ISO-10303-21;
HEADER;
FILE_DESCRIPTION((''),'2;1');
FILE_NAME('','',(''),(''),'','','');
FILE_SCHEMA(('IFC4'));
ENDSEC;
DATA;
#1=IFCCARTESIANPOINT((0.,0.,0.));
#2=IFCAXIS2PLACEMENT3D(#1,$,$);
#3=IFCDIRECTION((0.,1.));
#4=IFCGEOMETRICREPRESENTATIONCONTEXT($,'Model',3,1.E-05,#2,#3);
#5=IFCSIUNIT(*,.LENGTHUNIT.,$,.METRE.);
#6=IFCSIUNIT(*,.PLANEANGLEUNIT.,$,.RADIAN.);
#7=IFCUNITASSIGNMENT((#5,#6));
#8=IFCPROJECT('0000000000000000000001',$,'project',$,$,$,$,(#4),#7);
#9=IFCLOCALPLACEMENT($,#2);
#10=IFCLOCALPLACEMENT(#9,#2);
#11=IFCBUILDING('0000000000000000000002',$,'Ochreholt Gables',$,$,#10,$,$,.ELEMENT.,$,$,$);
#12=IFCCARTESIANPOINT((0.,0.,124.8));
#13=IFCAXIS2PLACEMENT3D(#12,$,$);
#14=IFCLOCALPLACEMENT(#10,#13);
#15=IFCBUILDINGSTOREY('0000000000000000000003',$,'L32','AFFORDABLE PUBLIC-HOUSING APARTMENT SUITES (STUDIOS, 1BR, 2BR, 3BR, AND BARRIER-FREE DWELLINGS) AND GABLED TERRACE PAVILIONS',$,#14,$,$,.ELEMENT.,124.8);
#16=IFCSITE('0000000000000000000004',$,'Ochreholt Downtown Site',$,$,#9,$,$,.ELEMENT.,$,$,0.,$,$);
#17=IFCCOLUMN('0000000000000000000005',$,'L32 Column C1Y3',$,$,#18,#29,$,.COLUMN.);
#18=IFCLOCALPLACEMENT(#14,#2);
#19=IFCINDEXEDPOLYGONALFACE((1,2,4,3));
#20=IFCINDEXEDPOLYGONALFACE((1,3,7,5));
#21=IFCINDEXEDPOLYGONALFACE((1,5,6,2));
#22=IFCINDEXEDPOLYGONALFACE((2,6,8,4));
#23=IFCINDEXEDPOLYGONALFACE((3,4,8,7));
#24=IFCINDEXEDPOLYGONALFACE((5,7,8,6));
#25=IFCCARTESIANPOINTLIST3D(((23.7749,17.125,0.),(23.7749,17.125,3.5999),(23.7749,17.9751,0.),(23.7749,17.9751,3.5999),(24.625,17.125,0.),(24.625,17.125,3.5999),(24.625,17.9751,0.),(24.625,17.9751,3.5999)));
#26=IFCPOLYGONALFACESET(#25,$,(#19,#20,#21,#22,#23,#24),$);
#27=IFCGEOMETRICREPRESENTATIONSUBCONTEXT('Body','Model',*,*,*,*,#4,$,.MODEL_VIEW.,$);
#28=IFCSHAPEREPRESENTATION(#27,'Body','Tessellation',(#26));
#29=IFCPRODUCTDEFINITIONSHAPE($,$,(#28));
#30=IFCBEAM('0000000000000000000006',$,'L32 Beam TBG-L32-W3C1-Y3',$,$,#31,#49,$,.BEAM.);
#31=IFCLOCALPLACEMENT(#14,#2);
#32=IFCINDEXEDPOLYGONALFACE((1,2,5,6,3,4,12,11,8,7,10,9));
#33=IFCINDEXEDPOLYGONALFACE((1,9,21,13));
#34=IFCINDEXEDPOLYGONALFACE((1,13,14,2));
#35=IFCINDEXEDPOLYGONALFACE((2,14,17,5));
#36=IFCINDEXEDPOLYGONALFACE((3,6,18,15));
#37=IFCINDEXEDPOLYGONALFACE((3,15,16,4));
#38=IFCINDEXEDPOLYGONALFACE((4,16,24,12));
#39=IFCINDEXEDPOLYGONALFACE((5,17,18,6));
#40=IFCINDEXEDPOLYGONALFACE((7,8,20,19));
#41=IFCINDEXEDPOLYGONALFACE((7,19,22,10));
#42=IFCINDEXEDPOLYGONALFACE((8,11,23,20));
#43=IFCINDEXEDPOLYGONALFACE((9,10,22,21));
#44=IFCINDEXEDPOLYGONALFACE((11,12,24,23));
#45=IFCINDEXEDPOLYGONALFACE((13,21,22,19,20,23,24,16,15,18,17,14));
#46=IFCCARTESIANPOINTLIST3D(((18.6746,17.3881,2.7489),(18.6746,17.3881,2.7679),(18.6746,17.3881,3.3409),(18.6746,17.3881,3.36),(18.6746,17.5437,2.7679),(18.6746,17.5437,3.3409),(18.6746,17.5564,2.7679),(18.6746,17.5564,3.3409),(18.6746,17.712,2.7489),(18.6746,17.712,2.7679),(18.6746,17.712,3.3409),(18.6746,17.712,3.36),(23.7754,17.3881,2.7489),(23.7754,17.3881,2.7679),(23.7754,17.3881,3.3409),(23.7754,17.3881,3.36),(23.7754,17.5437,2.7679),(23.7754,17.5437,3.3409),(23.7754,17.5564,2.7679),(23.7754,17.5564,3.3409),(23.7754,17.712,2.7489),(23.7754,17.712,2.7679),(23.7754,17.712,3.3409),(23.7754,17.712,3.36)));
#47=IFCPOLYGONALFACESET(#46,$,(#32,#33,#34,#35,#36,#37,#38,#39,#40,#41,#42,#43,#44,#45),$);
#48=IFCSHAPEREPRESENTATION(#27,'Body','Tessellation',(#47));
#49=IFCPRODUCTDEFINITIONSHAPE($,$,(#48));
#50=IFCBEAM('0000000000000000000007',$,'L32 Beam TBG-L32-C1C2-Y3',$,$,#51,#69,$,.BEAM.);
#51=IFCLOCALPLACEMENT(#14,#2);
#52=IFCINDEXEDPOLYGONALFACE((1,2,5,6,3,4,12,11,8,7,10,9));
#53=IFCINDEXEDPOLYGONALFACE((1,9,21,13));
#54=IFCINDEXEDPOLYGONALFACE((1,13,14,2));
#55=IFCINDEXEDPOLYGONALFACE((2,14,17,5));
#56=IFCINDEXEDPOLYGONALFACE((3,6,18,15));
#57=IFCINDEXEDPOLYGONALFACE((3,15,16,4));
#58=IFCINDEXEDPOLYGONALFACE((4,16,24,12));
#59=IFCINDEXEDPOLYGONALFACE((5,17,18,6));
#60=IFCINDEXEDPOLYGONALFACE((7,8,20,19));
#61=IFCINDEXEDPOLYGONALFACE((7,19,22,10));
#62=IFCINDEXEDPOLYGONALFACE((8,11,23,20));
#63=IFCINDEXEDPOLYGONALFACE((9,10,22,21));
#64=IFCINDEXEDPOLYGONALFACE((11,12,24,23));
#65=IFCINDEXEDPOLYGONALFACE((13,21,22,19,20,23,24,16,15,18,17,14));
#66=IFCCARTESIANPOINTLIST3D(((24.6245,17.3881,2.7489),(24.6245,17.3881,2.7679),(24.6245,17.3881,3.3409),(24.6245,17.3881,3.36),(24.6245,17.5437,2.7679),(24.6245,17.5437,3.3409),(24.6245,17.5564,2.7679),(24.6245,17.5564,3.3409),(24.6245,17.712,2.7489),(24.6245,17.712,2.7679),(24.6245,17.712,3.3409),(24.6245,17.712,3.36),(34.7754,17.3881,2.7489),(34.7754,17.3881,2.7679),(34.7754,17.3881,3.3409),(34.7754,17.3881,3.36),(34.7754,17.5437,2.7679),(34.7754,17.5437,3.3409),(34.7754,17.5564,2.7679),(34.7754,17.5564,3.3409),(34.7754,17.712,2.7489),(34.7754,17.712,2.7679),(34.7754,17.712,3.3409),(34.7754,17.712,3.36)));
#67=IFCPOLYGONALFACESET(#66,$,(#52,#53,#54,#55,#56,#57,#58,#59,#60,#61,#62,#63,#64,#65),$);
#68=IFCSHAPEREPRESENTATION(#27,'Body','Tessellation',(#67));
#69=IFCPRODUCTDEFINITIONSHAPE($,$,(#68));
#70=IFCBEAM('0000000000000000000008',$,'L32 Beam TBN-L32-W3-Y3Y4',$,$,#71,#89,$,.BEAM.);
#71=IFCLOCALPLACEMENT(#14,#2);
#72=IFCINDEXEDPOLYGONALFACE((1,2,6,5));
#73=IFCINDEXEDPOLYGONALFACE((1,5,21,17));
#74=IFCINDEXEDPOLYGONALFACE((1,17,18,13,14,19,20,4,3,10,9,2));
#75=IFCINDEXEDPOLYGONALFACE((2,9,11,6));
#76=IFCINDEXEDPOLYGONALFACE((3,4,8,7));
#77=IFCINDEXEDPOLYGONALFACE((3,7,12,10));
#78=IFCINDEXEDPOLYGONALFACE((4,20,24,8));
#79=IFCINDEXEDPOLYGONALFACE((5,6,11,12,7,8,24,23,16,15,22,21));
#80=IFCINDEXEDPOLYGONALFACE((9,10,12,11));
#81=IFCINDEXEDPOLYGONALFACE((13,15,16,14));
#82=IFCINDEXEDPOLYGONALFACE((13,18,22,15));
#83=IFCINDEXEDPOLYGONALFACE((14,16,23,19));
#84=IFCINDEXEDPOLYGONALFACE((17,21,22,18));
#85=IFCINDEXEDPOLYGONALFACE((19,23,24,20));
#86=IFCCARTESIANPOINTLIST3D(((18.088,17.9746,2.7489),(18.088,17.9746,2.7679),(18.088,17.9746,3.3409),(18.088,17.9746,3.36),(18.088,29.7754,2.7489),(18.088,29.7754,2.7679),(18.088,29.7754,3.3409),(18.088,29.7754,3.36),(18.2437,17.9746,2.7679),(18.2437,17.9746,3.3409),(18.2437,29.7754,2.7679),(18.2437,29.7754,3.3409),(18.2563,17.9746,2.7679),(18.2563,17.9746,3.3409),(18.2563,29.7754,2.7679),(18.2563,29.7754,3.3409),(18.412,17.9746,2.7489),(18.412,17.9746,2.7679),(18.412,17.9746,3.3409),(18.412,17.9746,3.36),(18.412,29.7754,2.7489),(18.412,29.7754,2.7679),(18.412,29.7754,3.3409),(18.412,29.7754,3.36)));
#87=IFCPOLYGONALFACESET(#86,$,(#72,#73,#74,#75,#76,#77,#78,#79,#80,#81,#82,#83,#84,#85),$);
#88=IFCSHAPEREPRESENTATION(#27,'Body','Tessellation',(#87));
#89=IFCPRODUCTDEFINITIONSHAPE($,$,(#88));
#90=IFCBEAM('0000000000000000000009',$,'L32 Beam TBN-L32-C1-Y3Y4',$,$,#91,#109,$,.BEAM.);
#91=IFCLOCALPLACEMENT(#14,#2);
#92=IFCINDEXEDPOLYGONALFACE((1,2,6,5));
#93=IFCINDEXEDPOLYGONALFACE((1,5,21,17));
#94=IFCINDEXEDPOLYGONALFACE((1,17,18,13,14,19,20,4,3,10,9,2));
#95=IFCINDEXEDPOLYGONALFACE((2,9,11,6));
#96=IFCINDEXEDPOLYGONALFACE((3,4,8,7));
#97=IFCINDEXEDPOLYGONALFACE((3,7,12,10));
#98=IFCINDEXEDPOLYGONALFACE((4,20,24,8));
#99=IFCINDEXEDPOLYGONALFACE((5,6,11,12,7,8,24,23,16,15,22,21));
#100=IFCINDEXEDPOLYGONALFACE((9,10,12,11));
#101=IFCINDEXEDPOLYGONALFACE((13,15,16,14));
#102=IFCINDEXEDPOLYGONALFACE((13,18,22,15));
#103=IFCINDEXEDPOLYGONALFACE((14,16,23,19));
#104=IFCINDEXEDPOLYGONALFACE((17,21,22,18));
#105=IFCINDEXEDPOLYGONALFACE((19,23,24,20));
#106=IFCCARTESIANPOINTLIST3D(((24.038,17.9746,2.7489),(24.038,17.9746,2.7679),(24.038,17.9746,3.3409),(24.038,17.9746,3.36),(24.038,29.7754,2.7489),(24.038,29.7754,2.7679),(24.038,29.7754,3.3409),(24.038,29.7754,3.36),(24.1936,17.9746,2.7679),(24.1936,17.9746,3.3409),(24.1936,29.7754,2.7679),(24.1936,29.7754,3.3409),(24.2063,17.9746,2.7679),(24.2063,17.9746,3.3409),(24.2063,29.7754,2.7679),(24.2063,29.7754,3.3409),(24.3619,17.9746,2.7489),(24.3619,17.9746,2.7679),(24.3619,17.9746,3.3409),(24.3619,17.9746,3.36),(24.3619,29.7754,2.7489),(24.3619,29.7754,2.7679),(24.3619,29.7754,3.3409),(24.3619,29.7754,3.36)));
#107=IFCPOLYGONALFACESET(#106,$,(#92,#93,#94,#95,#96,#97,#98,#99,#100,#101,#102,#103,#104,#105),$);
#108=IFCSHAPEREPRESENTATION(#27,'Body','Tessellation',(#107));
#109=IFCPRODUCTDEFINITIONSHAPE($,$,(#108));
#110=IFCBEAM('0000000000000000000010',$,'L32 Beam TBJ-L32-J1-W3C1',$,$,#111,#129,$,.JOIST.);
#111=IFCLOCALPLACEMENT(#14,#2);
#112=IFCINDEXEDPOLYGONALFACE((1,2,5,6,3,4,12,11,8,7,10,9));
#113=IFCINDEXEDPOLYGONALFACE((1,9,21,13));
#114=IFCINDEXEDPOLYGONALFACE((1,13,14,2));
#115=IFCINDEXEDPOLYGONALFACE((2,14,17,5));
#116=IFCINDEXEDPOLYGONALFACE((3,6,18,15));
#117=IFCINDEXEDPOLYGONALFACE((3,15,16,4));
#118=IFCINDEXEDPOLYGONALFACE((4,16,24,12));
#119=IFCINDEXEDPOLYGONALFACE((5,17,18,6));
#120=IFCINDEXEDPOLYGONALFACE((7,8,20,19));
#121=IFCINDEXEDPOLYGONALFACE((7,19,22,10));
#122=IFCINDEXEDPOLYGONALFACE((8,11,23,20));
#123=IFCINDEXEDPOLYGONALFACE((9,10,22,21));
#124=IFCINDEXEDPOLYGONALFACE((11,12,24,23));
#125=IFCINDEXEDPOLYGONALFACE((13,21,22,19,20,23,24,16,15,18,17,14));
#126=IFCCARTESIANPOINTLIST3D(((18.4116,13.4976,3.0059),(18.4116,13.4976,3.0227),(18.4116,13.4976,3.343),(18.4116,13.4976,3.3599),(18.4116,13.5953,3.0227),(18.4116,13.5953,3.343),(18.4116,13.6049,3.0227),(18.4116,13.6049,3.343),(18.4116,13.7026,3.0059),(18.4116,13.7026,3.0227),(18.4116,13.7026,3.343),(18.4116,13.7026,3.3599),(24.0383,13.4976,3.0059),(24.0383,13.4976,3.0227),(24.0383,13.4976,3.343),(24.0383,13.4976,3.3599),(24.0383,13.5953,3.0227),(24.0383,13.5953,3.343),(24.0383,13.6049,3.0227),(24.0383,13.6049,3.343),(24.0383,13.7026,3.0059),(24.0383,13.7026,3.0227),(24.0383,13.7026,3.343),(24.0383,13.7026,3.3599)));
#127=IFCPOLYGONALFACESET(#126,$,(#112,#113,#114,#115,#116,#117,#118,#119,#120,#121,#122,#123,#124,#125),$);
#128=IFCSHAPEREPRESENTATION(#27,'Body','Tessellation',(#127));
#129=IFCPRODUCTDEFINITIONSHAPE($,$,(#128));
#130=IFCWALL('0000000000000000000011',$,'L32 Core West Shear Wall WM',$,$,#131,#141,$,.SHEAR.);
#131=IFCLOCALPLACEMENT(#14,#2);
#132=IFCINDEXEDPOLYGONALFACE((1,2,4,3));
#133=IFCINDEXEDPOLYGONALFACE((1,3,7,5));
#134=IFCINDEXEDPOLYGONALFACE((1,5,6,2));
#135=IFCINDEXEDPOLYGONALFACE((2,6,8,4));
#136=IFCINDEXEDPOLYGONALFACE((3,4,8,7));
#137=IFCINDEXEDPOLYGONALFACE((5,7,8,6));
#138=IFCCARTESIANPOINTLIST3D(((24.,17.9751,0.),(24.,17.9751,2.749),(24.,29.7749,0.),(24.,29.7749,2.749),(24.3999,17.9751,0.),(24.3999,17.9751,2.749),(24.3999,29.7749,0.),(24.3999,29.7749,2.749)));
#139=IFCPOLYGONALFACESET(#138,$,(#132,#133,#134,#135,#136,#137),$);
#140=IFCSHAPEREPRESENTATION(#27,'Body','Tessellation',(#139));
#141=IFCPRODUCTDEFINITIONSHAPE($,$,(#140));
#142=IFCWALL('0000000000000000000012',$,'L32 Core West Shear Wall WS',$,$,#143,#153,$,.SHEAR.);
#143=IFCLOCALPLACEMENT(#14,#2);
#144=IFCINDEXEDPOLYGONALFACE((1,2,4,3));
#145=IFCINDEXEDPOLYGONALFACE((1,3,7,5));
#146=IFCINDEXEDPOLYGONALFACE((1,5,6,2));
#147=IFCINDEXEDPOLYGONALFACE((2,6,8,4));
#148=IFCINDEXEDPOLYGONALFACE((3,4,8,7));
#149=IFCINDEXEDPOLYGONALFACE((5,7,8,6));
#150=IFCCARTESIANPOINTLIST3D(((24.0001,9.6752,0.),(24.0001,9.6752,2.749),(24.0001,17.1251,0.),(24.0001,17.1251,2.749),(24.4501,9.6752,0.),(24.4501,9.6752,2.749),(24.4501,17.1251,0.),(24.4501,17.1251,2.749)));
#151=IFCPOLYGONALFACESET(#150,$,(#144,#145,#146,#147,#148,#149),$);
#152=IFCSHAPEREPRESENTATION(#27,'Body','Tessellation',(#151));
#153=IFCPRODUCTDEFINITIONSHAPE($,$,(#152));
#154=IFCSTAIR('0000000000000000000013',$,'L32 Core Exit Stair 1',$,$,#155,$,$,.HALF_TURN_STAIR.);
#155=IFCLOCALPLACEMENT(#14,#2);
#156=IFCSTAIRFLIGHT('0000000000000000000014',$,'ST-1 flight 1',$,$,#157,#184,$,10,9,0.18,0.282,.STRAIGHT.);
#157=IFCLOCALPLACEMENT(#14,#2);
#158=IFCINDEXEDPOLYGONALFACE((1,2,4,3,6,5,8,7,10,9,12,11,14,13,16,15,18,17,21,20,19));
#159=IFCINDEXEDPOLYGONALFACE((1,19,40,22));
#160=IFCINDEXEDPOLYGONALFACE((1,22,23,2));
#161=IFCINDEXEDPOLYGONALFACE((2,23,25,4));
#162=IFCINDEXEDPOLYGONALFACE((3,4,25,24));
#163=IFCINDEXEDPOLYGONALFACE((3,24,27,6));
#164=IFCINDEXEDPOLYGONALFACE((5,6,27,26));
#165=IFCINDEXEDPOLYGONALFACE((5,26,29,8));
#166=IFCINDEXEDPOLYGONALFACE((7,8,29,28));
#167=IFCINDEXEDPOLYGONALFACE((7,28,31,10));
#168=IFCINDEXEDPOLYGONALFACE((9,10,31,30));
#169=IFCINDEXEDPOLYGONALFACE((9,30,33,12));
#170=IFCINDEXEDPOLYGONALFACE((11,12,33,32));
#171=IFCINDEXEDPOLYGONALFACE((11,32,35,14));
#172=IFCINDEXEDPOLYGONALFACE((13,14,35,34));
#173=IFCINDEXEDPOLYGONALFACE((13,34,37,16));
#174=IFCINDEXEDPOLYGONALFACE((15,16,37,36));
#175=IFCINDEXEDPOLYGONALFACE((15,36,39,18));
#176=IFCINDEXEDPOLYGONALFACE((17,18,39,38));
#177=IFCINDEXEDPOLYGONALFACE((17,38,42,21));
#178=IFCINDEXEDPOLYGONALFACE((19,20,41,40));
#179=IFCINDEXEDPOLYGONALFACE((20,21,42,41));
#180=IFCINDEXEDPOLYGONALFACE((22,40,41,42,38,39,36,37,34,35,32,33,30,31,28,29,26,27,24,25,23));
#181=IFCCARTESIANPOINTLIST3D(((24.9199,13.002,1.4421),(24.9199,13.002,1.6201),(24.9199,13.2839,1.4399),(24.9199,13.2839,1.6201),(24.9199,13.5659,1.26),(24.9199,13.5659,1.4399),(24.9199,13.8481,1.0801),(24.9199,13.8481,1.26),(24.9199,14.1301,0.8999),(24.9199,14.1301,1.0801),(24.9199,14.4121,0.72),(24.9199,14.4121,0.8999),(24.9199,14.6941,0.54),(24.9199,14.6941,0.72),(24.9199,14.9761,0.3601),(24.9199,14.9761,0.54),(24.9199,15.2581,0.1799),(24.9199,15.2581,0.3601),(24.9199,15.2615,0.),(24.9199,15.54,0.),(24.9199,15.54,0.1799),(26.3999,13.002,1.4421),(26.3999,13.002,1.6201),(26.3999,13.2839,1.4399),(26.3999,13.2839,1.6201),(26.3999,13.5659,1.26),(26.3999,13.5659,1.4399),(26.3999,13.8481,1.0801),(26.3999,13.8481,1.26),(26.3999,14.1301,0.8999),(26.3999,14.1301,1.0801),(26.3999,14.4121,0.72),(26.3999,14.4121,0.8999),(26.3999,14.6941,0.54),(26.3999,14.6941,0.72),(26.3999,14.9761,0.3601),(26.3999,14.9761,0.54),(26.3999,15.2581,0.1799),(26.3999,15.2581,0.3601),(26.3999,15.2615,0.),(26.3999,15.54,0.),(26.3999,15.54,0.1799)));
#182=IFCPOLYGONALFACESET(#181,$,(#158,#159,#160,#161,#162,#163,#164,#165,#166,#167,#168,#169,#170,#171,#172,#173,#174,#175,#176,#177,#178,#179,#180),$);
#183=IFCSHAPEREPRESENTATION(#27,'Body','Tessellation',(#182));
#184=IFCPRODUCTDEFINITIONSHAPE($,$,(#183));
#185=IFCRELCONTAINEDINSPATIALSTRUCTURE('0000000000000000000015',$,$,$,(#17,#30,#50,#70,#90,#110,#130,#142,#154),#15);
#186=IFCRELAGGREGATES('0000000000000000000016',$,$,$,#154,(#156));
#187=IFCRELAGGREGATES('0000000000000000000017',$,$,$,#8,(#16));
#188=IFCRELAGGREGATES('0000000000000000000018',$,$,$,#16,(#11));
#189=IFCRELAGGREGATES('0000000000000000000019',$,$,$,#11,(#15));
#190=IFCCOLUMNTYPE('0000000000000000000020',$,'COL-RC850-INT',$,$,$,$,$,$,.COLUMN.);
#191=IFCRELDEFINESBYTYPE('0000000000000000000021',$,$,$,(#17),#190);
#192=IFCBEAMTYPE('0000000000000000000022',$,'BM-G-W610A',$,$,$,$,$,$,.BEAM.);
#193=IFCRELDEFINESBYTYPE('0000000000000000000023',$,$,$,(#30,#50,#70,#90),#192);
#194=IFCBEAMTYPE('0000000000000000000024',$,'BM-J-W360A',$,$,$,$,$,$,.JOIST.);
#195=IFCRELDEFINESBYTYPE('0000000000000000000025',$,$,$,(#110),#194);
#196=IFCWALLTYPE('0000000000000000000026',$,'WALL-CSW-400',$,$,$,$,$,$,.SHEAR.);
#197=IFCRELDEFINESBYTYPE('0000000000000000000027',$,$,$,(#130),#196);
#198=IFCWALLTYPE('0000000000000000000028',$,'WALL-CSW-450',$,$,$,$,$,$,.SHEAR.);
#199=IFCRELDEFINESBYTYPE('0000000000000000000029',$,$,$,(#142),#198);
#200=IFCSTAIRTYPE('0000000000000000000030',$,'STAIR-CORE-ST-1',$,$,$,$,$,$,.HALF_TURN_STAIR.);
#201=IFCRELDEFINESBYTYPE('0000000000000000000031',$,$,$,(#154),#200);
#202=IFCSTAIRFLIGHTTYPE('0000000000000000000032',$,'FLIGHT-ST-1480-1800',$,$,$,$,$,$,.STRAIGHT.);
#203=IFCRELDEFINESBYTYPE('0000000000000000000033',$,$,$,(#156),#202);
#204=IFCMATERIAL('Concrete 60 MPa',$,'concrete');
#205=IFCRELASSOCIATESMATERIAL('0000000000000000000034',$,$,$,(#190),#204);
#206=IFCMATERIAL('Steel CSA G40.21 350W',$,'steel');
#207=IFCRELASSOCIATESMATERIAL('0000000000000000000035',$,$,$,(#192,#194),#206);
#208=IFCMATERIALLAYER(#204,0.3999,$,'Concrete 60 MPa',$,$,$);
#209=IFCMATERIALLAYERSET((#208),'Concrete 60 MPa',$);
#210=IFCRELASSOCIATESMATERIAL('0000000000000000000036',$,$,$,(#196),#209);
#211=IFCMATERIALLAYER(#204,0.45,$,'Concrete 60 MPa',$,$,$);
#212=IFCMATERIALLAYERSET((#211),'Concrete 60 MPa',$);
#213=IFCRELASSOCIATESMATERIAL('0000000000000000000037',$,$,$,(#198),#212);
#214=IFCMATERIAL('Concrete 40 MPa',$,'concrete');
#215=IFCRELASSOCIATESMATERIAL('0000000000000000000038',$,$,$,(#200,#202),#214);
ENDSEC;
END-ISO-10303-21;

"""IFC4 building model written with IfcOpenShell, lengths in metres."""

from ifc_helpers import new_model, si_unit, direction, frame, frame_2d, origin, origin_2d, place, context, subcontext, project, spatial, polyline, rectangle, i_section, outline, extrude, material, layer, layer_set, material_profile, profile_set, type_object, element, aggregate, save


model = new_model("IFC4")

# Units and contexts
model_context = context("Model", 3, precision=1e-05, world=origin(), true_north=direction((0.0, 1.0)))
body_context = subcontext(model_context, "Body", "Model", "MODEL_VIEW")
ifc_project = project(units=[si_unit("LENGTHUNIT", "METRE"), si_unit("PLANEANGLEUNIT", "RADIAN")], contexts=[model_context])

# Site, building, storey
site_placement = place(None, origin())
site = spatial("IfcSite", under=ifc_project, at=site_placement, Name="Ochreholt Downtown Site", CompositionType="ELEMENT", RefElevation=0.0)
building_placement = place(site_placement, origin())
building = spatial("IfcBuilding", under=site, at=building_placement, Name="Ochreholt Gables", CompositionType="ELEMENT")
storey_placement = place(building_placement, frame((0.0, 0.0, 124.8)))
storey = spatial("IfcBuildingStorey", under=building, at=storey_placement, Name="L32", Description="AFFORDABLE PUBLIC-HOUSING APARTMENT SUITES (STUDIOS, 1BR, 2BR, 3BR, AND BARRIER-FREE DWELLINGS) AND GABLED TERRACE PAVILIONS", CompositionType="ELEMENT", Elevation=124.8)

# Column
ifc_material_1 = material(Name="Concrete 60 MPa", Category="concrete")
ifc_material_profile_1 = material_profile(ifc_material_1, rectangle(XDim=0.8501, YDim=0.8501, at=origin_2d()), Name="RC850X850")
ifc_profile_set_1 = profile_set([ifc_material_profile_1], Name="Concrete 60 MPa")
column_type = type_object("IfcColumnType", Name="COL-RC850-INT", PredefinedType="COLUMN", material=ifc_profile_set_1)
column_placement = place(storey_placement, frame((24.2, 17.55, 0.0), z_axis=(0.0, 0.0, 1.0), x_axis=(1.0, 0.0, 0.0)))
element("IfcColumn", 1, at=column_placement, inside=storey, type_object=column_type, Name="L32 Column C1Y3", PredefinedType="COLUMN", context=body_context, shape_type="SweptSolid", body=[
    extrude(rectangle(XDim=0.8501, YDim=0.8501, at=origin_2d()), origin(), (0.0, 0.0, 1.0), 3.5999),
])

# Beams
ifc_material_2 = material(Name="Steel CSA G40.21 350W", Category="steel")
ifc_material_profile_2 = material_profile(ifc_material_2, i_section(OverallWidth=0.324, OverallDepth=0.6111, WebThickness=0.0127, FlangeThickness=0.019, at=origin_2d()), Name="W610X155")
ifc_profile_set_2 = profile_set([ifc_material_profile_2], Name="Steel CSA G40.21 350W")
beam_type_1 = type_object("IfcBeamType", Name="BM-G-W610A", PredefinedType="BEAM", material=ifc_profile_set_2)
beam_1_placement = place(storey_placement, frame((18.6746, 17.55, 3.0544), z_axis=(1.0, 0.0, 0.0), x_axis=(0.0, 1.0, 0.0)))
element("IfcBeam", 2, at=beam_1_placement, inside=storey, type_object=beam_type_1, Name="L32 Beam TBG-L32-W3C1-Y3", PredefinedType="BEAM", context=body_context, shape_type="SweptSolid", body=[
    extrude(i_section(OverallWidth=0.324, OverallDepth=0.6111, WebThickness=0.0127, FlangeThickness=0.019, at=origin_2d()), origin(), (0.0, 0.0, 1.0), 5.1008),
])
beam_2_placement = place(storey_placement, frame((24.6245, 17.55, 3.0544), z_axis=(1.0, 0.0, 0.0), x_axis=(0.0, 1.0, 0.0)))
element("IfcBeam", 3, at=beam_2_placement, inside=storey, type_object=beam_type_1, Name="L32 Beam TBG-L32-C1C2-Y3", PredefinedType="BEAM", context=body_context, shape_type="SweptSolid", body=[
    extrude(i_section(OverallWidth=0.324, OverallDepth=0.6111, WebThickness=0.0127, FlangeThickness=0.019, at=origin_2d()), origin(), (0.0, 0.0, 1.0), 10.1509),
])
for number, where, z_axis, x_axis, name in (
    (4, (18.25, 17.9746, 3.0544), (0.0, 1.0, 0.0), (-1.0, 0.0, 0.0), "L32 Beam TBN-L32-W3-Y3Y4"),
    (5, (24.2, 17.9746, 3.0544), (0.0, 1.0, 0.0), (-1.0, 0.0, 0.0), "L32 Beam TBN-L32-C1-Y3Y4"),
):
    element("IfcBeam", number, at=place(storey_placement, frame(where, z_axis=z_axis, x_axis=x_axis)), inside=storey, type_object=beam_type_1, Name=name, PredefinedType="BEAM", context=body_context, shape_type="SweptSolid", body=[
        extrude(i_section(OverallWidth=0.324, OverallDepth=0.6111, WebThickness=0.0127, FlangeThickness=0.019, at=origin_2d()), origin(), (0.0, 0.0, 1.0), 11.8008),
    ])
ifc_material_profile_3 = material_profile(ifc_material_2, i_section(OverallWidth=0.2051, OverallDepth=0.354, WebThickness=0.0095, FlangeThickness=0.0168, at=origin_2d()), Name="W360X79")
ifc_profile_set_3 = profile_set([ifc_material_profile_3], Name="Steel CSA G40.21 350W")
beam_type_2 = type_object("IfcBeamType", Name="BM-J-W360A", PredefinedType="JOIST", material=ifc_profile_set_3)
beam_3_placement = place(storey_placement, frame((18.4116, 13.6001, 3.1829), z_axis=(1.0, 0.0, 0.0), x_axis=(0.0, 1.0, 0.0)))
element("IfcBeam", 6, at=beam_3_placement, inside=storey, type_object=beam_type_2, Name="L32 Beam TBJ-L32-J1-W3C1", PredefinedType="JOIST", context=body_context, shape_type="SweptSolid", body=[
    extrude(i_section(OverallWidth=0.2051, OverallDepth=0.354, WebThickness=0.0095, FlangeThickness=0.0168, at=origin_2d()), origin(), (0.0, 0.0, 1.0), 5.6267),
])

# Walls
ifc_layer_1 = layer(ifc_material_1, 0.3999, Name="Concrete 60 MPa")
ifc_layer_set_1 = layer_set([ifc_layer_1], Name="Concrete 60 MPa")
wall_type_1 = type_object("IfcWallType", Name="WALL-CSW-400", PredefinedType="SHEAR", material=ifc_layer_set_1)
wall_1_placement = place(storey_placement, frame((24.2, 17.9751, 0.0), z_axis=(0.0, 0.0, 1.0), x_axis=(0.0, 1.0, 0.0)))
element("IfcWall", 7, at=wall_1_placement, inside=storey, type_object=wall_type_1, Name="L32 Core West Shear Wall WM", PredefinedType="SHEAR", context=body_context, shape_type="SweptSolid", body=[
    extrude(rectangle(XDim=11.7998, YDim=0.3999, at=frame_2d((5.8999, 0.0))), origin(), (0.0, 0.0, 1.0), 2.749),
])
ifc_layer_2 = layer(ifc_material_1, 0.45, Name="Concrete 60 MPa")
ifc_layer_set_2 = layer_set([ifc_layer_2], Name="Concrete 60 MPa")
wall_type_2 = type_object("IfcWallType", Name="WALL-CSW-450", PredefinedType="SHEAR", material=ifc_layer_set_2)
wall_2_placement = place(storey_placement, frame((24.2251, 9.675, 0.0), z_axis=(0.0, 0.0, 1.0), x_axis=(0.0, 1.0, 0.0)))
element("IfcWall", 8, at=wall_2_placement, inside=storey, type_object=wall_type_2, Name="L32 Core West Shear Wall WS", PredefinedType="SHEAR", context=body_context, shape_type="SweptSolid", body=[
    extrude(rectangle(XDim=7.45, YDim=0.45, at=frame_2d((3.7251, 0.0))), origin(), (0.0, 0.0, 1.0), 2.749),
])

# Stair, stair flight
ifc_material_3 = material(Name="Concrete 40 MPa", Category="concrete")
stair_type = type_object("IfcStairType", Name="STAIR-CORE-ST-1", PredefinedType="HALF_TURN_STAIR", material=ifc_material_3)
stair_placement = place(storey_placement, origin())
stair = element("IfcStair", 9, at=stair_placement, inside=storey, type_object=stair_type, Name="L32 Core Exit Stair 1", PredefinedType="HALF_TURN_STAIR")
stair_flight_type = type_object("IfcStairFlightType", Name="FLIGHT-ST-1480-1800", PredefinedType="STRAIGHT", material=ifc_material_3)
stair_flight_1_placement = place(storey_placement, frame((25.6599, 15.54, 0.0), z_axis=(0.0, 0.0, 1.0), x_axis=(0.0, -1.0, 0.0)))
stair_flight_1 = element("IfcStairFlight", 10, at=stair_flight_1_placement, type_object=stair_flight_type, Name="ST-1 flight 1", NumberOfRisers=10, NumberOfTreads=9, PredefinedType="STRAIGHT", RiserHeight=0.18, TreadLength=0.282, context=body_context, shape_type="SweptSolid", body=[
    extrude(outline(polyline([(0.0, 0.0), (0.0, 0.1799), (0.282, 0.1799), (0.282, 0.3601), (0.564, 0.3601), (0.564, 0.54), (0.8459, 0.54), (0.8459, 0.72), (1.1279, 0.72), (1.1279, 0.8999), (1.4099, 0.8999), (1.4099, 1.0801), (1.6919, 1.0801), (1.6919, 1.26), (1.9741, 1.26), (1.9741, 1.4399), (2.2561, 1.4399), (2.2561, 1.6201), (2.5381, 1.6201), (2.5381, 1.8), (2.5381, 1.4421), (0.2786, 0.0), (0.0, 0.0)])), frame((0.0, 0.74, 0.0), z_axis=(0.0, -1.0, 0.0), x_axis=(1.0, 0.0, 0.0)), (0.0, 0.0, 1.0), 1.48),
])
aggregate(stair, [stair_flight_1])

save(model, "model.ifc")
